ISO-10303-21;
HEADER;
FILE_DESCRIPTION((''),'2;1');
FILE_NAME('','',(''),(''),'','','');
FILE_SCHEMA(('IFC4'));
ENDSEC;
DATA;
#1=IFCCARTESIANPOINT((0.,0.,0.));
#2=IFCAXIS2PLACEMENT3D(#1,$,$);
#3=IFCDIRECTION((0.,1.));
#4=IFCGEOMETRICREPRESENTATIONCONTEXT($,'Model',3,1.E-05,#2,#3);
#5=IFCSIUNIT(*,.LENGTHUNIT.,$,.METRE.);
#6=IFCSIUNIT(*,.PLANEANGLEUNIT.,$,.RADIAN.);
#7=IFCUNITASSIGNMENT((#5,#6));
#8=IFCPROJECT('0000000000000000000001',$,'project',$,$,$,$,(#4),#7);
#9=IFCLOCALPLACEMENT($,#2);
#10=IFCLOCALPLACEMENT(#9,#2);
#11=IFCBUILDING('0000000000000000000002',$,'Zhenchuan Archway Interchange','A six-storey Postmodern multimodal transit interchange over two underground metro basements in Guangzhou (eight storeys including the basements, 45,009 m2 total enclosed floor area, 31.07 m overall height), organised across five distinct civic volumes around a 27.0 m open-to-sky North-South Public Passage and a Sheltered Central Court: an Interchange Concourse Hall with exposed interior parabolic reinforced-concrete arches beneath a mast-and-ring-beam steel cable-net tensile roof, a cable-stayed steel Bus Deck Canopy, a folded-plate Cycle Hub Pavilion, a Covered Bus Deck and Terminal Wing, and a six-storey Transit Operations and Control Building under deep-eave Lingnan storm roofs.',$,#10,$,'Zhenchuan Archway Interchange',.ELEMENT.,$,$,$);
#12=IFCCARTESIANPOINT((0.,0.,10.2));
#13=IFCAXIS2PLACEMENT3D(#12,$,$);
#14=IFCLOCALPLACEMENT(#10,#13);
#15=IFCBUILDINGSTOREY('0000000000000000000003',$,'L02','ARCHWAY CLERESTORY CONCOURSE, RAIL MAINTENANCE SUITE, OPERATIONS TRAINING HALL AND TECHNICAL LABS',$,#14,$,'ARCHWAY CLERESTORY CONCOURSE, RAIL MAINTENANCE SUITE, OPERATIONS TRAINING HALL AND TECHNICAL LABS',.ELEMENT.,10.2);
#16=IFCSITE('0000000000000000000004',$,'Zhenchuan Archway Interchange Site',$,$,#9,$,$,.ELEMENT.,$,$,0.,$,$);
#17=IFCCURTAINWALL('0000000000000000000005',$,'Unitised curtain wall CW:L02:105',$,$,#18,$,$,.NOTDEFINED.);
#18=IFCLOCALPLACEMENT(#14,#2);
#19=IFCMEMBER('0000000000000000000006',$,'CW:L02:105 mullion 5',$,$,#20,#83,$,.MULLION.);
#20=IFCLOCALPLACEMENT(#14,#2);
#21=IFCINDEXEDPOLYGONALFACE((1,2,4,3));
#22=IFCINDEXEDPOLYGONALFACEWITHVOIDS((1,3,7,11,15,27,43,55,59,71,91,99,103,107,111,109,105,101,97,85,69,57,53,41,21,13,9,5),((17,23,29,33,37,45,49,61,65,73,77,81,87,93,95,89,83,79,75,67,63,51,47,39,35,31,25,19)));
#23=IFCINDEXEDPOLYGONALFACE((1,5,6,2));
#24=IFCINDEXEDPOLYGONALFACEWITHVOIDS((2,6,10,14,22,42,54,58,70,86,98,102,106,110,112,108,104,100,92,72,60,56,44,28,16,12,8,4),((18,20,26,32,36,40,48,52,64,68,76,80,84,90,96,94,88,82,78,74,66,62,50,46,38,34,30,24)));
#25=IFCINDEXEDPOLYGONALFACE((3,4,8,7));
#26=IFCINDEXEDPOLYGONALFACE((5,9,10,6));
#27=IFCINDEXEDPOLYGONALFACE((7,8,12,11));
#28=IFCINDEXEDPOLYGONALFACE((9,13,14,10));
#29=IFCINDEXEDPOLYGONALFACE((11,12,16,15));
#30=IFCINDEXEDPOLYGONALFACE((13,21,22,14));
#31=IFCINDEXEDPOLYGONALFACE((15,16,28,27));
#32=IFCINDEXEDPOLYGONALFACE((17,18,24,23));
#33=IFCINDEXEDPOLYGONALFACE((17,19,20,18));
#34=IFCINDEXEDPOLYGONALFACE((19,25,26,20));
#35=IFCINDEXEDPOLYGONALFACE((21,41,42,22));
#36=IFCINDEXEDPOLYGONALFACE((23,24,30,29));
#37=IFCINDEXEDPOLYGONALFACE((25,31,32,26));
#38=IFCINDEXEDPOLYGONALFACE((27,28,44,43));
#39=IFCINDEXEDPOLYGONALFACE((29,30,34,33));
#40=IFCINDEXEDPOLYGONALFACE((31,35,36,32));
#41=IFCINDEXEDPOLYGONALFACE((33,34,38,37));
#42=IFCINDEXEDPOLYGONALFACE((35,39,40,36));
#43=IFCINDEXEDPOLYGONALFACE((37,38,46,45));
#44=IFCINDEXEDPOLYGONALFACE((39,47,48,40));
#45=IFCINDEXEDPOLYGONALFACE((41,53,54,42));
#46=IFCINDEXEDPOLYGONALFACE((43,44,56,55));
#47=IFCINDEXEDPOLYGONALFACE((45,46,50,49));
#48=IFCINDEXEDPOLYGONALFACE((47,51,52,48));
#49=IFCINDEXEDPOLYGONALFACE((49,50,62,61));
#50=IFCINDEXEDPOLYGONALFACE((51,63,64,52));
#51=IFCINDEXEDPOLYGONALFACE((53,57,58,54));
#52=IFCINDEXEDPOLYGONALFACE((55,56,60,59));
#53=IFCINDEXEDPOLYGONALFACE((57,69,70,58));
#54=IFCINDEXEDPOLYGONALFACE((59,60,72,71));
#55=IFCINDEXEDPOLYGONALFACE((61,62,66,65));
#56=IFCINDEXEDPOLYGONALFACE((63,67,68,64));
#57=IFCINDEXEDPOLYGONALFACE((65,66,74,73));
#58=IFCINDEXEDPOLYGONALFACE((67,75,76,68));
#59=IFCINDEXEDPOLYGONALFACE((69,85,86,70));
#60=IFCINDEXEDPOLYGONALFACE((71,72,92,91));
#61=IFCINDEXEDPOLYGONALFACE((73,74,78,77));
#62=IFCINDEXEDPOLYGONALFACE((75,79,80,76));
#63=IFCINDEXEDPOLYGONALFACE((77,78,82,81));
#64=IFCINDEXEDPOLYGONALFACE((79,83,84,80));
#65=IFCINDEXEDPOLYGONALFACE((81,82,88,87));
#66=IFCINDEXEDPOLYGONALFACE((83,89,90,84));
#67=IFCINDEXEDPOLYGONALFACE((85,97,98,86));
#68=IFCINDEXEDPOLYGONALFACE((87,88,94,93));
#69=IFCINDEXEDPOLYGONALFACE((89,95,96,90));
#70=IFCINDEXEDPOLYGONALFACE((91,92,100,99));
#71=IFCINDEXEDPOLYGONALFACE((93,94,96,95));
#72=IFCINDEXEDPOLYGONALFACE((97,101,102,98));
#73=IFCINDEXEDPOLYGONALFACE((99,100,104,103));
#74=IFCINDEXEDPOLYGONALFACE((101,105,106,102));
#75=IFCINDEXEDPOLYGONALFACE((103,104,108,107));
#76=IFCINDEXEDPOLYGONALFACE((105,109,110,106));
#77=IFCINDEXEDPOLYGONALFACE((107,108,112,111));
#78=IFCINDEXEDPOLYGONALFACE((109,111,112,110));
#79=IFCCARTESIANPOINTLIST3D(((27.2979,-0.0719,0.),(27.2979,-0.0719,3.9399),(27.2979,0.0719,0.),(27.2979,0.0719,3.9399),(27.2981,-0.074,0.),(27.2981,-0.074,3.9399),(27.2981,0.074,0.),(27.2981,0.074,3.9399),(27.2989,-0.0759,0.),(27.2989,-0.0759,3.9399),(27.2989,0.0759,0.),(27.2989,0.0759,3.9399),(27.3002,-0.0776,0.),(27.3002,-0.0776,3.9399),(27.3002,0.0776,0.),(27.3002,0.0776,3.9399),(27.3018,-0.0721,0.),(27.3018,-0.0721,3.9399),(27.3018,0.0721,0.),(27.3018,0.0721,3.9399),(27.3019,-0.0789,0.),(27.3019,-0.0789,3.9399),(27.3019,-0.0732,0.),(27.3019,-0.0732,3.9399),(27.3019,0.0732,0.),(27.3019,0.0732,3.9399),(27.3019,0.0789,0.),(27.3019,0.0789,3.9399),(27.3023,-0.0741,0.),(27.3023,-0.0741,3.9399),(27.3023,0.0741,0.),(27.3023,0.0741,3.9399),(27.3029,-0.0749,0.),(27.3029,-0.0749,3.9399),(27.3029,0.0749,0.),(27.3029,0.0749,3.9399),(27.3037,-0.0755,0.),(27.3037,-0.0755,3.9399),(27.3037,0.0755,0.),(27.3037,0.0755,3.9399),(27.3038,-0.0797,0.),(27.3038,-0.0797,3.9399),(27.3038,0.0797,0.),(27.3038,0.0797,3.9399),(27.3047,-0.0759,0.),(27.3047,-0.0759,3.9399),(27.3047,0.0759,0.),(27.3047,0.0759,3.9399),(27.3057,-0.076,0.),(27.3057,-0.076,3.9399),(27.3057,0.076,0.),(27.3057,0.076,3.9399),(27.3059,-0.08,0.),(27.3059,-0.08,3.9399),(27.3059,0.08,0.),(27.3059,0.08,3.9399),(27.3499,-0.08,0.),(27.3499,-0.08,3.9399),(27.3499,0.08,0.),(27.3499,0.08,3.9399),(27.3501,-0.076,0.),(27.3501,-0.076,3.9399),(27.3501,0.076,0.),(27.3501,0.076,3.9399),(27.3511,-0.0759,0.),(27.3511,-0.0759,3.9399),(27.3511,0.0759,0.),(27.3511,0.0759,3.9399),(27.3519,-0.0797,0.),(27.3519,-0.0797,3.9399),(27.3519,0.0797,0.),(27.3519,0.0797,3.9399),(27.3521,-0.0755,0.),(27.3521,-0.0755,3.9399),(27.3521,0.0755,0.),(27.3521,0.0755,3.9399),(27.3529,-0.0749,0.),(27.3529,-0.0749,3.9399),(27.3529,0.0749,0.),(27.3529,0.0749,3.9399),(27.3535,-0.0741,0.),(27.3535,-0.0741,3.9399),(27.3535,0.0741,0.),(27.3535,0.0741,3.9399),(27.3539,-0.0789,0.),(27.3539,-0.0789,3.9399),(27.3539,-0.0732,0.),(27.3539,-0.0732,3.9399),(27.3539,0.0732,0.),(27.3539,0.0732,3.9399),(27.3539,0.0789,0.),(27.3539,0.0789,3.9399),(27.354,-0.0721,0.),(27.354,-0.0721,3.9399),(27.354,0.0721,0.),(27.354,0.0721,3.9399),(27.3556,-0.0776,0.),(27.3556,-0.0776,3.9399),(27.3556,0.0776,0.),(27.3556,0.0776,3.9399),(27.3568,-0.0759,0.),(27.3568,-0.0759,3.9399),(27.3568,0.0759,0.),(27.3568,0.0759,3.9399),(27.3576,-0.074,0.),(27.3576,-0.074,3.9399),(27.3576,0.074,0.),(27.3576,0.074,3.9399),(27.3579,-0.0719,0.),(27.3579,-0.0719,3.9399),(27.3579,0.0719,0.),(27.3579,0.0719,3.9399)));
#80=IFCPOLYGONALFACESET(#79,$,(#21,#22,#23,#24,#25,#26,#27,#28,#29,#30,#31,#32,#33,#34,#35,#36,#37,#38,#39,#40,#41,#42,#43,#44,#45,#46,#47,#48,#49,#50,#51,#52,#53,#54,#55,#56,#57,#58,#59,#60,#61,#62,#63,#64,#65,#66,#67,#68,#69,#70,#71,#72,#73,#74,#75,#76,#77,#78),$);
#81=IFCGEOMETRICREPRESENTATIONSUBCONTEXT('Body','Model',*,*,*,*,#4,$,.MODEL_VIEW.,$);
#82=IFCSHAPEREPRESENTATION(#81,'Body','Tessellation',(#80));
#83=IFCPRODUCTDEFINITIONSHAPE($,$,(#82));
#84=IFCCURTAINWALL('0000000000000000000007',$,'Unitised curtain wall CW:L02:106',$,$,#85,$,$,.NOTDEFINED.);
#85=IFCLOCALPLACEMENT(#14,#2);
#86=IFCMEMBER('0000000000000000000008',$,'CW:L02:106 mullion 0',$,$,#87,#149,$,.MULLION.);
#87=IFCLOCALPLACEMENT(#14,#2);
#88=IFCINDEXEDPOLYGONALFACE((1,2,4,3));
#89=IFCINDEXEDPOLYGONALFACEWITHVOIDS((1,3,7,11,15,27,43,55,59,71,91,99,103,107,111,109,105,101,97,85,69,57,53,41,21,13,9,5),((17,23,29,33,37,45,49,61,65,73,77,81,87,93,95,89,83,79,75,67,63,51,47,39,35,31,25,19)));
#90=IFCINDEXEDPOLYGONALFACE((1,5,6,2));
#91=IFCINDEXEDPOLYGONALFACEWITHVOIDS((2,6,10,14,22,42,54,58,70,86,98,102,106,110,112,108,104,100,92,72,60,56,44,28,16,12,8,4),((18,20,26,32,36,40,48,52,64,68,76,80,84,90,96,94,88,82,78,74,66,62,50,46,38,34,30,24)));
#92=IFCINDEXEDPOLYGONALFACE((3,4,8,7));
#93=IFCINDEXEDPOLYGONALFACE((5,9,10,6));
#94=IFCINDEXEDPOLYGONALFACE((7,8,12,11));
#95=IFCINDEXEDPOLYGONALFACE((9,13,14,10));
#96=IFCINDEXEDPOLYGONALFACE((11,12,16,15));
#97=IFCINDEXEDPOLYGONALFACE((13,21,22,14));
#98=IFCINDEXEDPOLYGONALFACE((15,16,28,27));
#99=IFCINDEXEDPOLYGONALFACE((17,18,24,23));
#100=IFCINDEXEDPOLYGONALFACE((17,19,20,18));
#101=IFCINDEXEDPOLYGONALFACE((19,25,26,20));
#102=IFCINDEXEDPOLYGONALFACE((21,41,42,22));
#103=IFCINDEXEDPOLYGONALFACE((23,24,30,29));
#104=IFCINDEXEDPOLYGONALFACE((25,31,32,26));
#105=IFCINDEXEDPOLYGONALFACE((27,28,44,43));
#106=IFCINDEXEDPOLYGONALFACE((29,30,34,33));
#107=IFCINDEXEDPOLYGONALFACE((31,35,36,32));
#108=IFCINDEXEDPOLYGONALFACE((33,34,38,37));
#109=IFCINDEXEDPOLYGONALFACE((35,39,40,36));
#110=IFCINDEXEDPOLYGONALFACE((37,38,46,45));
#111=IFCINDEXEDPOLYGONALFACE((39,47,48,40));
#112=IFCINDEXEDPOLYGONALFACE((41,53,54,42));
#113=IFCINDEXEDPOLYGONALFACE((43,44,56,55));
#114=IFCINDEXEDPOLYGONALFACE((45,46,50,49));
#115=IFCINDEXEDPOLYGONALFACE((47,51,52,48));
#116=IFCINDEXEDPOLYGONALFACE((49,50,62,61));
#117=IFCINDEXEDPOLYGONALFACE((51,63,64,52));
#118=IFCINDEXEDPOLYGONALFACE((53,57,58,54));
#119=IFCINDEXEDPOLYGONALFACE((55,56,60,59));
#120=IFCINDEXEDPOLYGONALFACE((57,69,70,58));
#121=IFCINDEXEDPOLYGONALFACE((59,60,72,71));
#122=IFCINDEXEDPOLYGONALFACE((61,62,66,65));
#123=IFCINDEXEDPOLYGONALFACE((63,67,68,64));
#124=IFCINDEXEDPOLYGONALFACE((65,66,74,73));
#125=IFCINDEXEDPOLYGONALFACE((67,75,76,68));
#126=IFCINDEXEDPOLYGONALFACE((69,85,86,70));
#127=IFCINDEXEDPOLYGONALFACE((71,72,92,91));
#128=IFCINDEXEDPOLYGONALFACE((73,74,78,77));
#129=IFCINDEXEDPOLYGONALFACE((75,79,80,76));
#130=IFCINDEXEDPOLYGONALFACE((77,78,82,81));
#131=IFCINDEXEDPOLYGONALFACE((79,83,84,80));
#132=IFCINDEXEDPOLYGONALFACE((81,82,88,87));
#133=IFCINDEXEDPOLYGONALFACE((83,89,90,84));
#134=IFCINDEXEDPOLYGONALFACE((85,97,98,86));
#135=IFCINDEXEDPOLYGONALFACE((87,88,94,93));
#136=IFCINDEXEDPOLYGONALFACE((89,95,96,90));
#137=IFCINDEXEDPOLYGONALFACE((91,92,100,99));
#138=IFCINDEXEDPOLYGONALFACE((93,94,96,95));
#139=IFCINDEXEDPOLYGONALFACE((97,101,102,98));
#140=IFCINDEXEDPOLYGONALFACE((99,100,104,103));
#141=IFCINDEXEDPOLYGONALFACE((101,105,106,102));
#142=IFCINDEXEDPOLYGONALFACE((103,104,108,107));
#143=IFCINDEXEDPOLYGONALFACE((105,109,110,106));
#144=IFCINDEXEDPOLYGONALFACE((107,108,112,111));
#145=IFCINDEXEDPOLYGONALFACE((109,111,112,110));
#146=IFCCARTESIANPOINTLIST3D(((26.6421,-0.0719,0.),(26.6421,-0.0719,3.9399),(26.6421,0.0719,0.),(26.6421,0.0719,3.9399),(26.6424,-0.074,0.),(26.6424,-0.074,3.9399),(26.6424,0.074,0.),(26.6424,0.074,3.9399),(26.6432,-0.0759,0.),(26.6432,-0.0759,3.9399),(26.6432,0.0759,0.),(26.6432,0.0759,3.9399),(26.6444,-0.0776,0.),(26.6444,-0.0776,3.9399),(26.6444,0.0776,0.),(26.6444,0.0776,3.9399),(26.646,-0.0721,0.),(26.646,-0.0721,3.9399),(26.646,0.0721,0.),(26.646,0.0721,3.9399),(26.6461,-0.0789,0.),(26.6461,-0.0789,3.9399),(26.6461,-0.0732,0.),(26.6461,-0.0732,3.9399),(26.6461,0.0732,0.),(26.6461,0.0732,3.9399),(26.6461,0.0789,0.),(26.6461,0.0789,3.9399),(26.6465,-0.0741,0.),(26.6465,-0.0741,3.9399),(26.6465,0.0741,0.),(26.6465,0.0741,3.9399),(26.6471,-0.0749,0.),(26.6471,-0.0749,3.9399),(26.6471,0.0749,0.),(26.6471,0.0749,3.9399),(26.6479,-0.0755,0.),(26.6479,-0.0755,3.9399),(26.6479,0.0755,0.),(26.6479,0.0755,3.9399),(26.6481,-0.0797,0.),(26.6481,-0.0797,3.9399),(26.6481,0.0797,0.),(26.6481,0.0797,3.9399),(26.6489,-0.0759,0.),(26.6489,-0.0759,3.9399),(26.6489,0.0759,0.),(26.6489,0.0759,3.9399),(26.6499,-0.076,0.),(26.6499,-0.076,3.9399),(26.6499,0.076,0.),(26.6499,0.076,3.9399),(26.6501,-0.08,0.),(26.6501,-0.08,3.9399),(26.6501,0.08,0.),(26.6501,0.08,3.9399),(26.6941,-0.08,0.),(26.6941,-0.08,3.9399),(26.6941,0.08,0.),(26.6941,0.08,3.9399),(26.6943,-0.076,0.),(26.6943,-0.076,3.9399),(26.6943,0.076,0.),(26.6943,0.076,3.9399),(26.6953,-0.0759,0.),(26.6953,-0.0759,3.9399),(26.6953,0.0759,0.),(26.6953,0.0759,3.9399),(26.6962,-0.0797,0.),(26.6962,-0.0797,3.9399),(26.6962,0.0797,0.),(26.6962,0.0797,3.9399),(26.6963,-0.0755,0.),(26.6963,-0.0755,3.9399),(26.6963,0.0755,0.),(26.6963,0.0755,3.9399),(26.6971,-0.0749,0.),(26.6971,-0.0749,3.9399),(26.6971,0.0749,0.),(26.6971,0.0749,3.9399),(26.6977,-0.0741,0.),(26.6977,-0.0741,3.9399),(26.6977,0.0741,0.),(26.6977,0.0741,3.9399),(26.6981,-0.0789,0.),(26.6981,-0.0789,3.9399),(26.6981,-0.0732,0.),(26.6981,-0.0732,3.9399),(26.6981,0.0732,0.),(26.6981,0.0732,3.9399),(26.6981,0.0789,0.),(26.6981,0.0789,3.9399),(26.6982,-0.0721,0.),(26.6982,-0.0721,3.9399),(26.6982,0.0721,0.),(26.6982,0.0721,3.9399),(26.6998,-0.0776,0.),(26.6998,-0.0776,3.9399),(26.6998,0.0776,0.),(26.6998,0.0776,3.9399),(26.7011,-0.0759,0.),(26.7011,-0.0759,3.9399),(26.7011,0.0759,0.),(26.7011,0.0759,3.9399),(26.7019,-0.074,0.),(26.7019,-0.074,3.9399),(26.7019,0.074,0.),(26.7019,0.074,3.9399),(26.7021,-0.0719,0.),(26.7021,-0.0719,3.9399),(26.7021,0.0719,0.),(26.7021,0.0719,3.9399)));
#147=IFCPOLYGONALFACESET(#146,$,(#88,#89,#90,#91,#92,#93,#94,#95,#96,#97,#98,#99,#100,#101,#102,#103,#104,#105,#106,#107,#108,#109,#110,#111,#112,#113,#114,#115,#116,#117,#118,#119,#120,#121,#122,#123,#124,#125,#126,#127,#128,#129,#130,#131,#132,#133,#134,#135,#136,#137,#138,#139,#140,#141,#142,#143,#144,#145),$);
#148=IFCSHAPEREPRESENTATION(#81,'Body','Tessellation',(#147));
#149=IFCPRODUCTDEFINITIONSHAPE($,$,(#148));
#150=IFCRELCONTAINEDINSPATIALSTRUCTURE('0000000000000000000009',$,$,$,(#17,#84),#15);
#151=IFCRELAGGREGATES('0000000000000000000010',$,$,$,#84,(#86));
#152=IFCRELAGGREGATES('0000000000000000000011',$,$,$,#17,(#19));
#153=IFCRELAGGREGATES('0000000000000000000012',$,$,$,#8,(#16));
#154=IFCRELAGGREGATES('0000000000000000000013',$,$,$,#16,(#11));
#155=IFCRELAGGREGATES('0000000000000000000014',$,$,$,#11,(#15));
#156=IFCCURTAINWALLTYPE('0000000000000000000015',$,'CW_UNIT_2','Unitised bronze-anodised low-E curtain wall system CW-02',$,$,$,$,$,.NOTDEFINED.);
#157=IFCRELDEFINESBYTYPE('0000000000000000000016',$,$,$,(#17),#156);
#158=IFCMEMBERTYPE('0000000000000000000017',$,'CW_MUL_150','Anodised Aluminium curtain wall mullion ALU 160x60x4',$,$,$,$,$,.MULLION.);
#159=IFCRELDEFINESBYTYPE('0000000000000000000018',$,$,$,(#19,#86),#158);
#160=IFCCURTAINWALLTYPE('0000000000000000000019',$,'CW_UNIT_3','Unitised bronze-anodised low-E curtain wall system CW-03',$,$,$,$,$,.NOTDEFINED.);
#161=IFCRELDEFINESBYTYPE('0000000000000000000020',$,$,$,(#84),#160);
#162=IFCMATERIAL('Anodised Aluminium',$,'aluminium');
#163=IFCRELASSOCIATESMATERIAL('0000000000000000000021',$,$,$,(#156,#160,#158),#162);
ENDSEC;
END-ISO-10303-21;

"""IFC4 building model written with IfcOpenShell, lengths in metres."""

from ifc_helpers import new_model, si_unit, direction, frame, origin, origin_2d, place, context, subcontext, project, spatial, hollow_rectangle, extrude, material, material_profile, profile_set, type_object, element, aggregate, save


model = new_model("IFC4")

# Units and contexts
model_context = context("Model", 3, precision=1e-05, world=origin(), true_north=direction((0.0, 1.0)))
body_context = subcontext(model_context, "Body", "Model", "MODEL_VIEW")
ifc_project = project(units=[si_unit("LENGTHUNIT", "METRE"), si_unit("PLANEANGLEUNIT", "RADIAN")], contexts=[model_context])

# Site, building, storey
site_placement = place(None, origin())
site = spatial("IfcSite", under=ifc_project, at=site_placement, Name="Zhenchuan Archway Interchange Site", CompositionType="ELEMENT", RefElevation=0.0)
building_placement = place(site_placement, origin())
building = spatial("IfcBuilding", under=site, at=building_placement, Name="Zhenchuan Archway Interchange", Description="A six-storey Postmodern multimodal transit interchange over two underground metro basements in Guangzhou (eight storeys including the basements, 45,009 m2 total enclosed floor area, 31.07 m overall height), organised across five distinct civic volumes around a 27.0 m open-to-sky North-South Public Passage and a Sheltered Central Court: an Interchange Concourse Hall with exposed interior parabolic reinforced-concrete arches beneath a mast-and-ring-beam steel cable-net tensile roof, a cable-stayed steel Bus Deck Canopy, a folded-plate Cycle Hub Pavilion, a Covered Bus Deck and Terminal Wing, and a six-storey Transit Operations and Control Building under deep-eave Lingnan storm roofs.", LongName="Zhenchuan Archway Interchange", CompositionType="ELEMENT")
storey_placement = place(building_placement, frame((0.0, 0.0, 10.2)))
storey = spatial("IfcBuildingStorey", under=building, at=storey_placement, Name="L02", Description="ARCHWAY CLERESTORY CONCOURSE, RAIL MAINTENANCE SUITE, OPERATIONS TRAINING HALL AND TECHNICAL LABS", LongName="ARCHWAY CLERESTORY CONCOURSE, RAIL MAINTENANCE SUITE, OPERATIONS TRAINING HALL AND TECHNICAL LABS", CompositionType="ELEMENT", Elevation=10.2)

# Curtain wall, member
ifc_material_1 = material(Name="Anodised Aluminium", Category="aluminium")
curtain_wall_type_1 = type_object("IfcCurtainWallType", Name="CW_UNIT_2", Description="Unitised bronze-anodised low-E curtain wall system CW-02", PredefinedType="NOTDEFINED", material=ifc_material_1)
curtain_wall_1_placement = place(storey_placement, origin())
curtain_wall_1 = element("IfcCurtainWall", 1, at=curtain_wall_1_placement, inside=storey, type_object=curtain_wall_type_1, Name="Unitised curtain wall CW:L02:105", PredefinedType="NOTDEFINED")
ifc_material_profile_1 = material_profile(ifc_material_1, hollow_rectangle(XDim=0.0601, YDim=0.1599, WallThickness=0.0039, InnerFilletRadius=0.0039, OuterFilletRadius=0.0081, at=origin_2d()), Name="ALU 160x60x4")
ifc_profile_set_1 = profile_set([ifc_material_profile_1], Name="Anodised Aluminium")
member_type_1 = type_object("IfcMemberType", Name="CW_MUL_150", Description="Anodised Aluminium curtain wall mullion ALU 160x60x4", PredefinedType="MULLION", material=ifc_profile_set_1)
member_1_placement = place(storey_placement, frame((27.3279, 0.0, 0.0), z_axis=(0.0, 0.0, 1.0), x_axis=(1.0, 0.0, 0.0)))
member_1 = element("IfcMember", 2, at=member_1_placement, type_object=member_type_1, Name="CW:L02:105 mullion 5", PredefinedType="MULLION", context=body_context, shape_type="SweptSolid", body=[
    extrude(hollow_rectangle(XDim=0.0601, YDim=0.1599, WallThickness=0.0039, InnerFilletRadius=0.0039, OuterFilletRadius=0.0081, at=origin_2d()), origin(), (0.0, 0.0, 1.0), 3.9399),
])

# Curtain wall, member
curtain_wall_type_2 = type_object("IfcCurtainWallType", Name="CW_UNIT_3", Description="Unitised bronze-anodised low-E curtain wall system CW-03", PredefinedType="NOTDEFINED", material=ifc_material_1)
curtain_wall_2_placement = place(storey_placement, origin())
curtain_wall_2 = element("IfcCurtainWall", 3, at=curtain_wall_2_placement, inside=storey, type_object=curtain_wall_type_2, Name="Unitised curtain wall CW:L02:106", PredefinedType="NOTDEFINED")
member_2_placement = place(storey_placement, frame((26.6721, 0.0, 0.0), z_axis=(0.0, 0.0, 1.0), x_axis=(1.0, 0.0, 0.0)))
member_2 = element("IfcMember", 4, at=member_2_placement, type_object=member_type_1, Name="CW:L02:106 mullion 0", PredefinedType="MULLION", context=body_context, shape_type="SweptSolid", body=[
    extrude(hollow_rectangle(XDim=0.0601, YDim=0.1599, WallThickness=0.0039, InnerFilletRadius=0.0039, OuterFilletRadius=0.0081, at=origin_2d()), origin(), (0.0, 0.0, 1.0), 3.9399),
])

aggregate(curtain_wall_2, [member_2])

aggregate(curtain_wall_1, [member_1])

save(model, "model.ifc")
